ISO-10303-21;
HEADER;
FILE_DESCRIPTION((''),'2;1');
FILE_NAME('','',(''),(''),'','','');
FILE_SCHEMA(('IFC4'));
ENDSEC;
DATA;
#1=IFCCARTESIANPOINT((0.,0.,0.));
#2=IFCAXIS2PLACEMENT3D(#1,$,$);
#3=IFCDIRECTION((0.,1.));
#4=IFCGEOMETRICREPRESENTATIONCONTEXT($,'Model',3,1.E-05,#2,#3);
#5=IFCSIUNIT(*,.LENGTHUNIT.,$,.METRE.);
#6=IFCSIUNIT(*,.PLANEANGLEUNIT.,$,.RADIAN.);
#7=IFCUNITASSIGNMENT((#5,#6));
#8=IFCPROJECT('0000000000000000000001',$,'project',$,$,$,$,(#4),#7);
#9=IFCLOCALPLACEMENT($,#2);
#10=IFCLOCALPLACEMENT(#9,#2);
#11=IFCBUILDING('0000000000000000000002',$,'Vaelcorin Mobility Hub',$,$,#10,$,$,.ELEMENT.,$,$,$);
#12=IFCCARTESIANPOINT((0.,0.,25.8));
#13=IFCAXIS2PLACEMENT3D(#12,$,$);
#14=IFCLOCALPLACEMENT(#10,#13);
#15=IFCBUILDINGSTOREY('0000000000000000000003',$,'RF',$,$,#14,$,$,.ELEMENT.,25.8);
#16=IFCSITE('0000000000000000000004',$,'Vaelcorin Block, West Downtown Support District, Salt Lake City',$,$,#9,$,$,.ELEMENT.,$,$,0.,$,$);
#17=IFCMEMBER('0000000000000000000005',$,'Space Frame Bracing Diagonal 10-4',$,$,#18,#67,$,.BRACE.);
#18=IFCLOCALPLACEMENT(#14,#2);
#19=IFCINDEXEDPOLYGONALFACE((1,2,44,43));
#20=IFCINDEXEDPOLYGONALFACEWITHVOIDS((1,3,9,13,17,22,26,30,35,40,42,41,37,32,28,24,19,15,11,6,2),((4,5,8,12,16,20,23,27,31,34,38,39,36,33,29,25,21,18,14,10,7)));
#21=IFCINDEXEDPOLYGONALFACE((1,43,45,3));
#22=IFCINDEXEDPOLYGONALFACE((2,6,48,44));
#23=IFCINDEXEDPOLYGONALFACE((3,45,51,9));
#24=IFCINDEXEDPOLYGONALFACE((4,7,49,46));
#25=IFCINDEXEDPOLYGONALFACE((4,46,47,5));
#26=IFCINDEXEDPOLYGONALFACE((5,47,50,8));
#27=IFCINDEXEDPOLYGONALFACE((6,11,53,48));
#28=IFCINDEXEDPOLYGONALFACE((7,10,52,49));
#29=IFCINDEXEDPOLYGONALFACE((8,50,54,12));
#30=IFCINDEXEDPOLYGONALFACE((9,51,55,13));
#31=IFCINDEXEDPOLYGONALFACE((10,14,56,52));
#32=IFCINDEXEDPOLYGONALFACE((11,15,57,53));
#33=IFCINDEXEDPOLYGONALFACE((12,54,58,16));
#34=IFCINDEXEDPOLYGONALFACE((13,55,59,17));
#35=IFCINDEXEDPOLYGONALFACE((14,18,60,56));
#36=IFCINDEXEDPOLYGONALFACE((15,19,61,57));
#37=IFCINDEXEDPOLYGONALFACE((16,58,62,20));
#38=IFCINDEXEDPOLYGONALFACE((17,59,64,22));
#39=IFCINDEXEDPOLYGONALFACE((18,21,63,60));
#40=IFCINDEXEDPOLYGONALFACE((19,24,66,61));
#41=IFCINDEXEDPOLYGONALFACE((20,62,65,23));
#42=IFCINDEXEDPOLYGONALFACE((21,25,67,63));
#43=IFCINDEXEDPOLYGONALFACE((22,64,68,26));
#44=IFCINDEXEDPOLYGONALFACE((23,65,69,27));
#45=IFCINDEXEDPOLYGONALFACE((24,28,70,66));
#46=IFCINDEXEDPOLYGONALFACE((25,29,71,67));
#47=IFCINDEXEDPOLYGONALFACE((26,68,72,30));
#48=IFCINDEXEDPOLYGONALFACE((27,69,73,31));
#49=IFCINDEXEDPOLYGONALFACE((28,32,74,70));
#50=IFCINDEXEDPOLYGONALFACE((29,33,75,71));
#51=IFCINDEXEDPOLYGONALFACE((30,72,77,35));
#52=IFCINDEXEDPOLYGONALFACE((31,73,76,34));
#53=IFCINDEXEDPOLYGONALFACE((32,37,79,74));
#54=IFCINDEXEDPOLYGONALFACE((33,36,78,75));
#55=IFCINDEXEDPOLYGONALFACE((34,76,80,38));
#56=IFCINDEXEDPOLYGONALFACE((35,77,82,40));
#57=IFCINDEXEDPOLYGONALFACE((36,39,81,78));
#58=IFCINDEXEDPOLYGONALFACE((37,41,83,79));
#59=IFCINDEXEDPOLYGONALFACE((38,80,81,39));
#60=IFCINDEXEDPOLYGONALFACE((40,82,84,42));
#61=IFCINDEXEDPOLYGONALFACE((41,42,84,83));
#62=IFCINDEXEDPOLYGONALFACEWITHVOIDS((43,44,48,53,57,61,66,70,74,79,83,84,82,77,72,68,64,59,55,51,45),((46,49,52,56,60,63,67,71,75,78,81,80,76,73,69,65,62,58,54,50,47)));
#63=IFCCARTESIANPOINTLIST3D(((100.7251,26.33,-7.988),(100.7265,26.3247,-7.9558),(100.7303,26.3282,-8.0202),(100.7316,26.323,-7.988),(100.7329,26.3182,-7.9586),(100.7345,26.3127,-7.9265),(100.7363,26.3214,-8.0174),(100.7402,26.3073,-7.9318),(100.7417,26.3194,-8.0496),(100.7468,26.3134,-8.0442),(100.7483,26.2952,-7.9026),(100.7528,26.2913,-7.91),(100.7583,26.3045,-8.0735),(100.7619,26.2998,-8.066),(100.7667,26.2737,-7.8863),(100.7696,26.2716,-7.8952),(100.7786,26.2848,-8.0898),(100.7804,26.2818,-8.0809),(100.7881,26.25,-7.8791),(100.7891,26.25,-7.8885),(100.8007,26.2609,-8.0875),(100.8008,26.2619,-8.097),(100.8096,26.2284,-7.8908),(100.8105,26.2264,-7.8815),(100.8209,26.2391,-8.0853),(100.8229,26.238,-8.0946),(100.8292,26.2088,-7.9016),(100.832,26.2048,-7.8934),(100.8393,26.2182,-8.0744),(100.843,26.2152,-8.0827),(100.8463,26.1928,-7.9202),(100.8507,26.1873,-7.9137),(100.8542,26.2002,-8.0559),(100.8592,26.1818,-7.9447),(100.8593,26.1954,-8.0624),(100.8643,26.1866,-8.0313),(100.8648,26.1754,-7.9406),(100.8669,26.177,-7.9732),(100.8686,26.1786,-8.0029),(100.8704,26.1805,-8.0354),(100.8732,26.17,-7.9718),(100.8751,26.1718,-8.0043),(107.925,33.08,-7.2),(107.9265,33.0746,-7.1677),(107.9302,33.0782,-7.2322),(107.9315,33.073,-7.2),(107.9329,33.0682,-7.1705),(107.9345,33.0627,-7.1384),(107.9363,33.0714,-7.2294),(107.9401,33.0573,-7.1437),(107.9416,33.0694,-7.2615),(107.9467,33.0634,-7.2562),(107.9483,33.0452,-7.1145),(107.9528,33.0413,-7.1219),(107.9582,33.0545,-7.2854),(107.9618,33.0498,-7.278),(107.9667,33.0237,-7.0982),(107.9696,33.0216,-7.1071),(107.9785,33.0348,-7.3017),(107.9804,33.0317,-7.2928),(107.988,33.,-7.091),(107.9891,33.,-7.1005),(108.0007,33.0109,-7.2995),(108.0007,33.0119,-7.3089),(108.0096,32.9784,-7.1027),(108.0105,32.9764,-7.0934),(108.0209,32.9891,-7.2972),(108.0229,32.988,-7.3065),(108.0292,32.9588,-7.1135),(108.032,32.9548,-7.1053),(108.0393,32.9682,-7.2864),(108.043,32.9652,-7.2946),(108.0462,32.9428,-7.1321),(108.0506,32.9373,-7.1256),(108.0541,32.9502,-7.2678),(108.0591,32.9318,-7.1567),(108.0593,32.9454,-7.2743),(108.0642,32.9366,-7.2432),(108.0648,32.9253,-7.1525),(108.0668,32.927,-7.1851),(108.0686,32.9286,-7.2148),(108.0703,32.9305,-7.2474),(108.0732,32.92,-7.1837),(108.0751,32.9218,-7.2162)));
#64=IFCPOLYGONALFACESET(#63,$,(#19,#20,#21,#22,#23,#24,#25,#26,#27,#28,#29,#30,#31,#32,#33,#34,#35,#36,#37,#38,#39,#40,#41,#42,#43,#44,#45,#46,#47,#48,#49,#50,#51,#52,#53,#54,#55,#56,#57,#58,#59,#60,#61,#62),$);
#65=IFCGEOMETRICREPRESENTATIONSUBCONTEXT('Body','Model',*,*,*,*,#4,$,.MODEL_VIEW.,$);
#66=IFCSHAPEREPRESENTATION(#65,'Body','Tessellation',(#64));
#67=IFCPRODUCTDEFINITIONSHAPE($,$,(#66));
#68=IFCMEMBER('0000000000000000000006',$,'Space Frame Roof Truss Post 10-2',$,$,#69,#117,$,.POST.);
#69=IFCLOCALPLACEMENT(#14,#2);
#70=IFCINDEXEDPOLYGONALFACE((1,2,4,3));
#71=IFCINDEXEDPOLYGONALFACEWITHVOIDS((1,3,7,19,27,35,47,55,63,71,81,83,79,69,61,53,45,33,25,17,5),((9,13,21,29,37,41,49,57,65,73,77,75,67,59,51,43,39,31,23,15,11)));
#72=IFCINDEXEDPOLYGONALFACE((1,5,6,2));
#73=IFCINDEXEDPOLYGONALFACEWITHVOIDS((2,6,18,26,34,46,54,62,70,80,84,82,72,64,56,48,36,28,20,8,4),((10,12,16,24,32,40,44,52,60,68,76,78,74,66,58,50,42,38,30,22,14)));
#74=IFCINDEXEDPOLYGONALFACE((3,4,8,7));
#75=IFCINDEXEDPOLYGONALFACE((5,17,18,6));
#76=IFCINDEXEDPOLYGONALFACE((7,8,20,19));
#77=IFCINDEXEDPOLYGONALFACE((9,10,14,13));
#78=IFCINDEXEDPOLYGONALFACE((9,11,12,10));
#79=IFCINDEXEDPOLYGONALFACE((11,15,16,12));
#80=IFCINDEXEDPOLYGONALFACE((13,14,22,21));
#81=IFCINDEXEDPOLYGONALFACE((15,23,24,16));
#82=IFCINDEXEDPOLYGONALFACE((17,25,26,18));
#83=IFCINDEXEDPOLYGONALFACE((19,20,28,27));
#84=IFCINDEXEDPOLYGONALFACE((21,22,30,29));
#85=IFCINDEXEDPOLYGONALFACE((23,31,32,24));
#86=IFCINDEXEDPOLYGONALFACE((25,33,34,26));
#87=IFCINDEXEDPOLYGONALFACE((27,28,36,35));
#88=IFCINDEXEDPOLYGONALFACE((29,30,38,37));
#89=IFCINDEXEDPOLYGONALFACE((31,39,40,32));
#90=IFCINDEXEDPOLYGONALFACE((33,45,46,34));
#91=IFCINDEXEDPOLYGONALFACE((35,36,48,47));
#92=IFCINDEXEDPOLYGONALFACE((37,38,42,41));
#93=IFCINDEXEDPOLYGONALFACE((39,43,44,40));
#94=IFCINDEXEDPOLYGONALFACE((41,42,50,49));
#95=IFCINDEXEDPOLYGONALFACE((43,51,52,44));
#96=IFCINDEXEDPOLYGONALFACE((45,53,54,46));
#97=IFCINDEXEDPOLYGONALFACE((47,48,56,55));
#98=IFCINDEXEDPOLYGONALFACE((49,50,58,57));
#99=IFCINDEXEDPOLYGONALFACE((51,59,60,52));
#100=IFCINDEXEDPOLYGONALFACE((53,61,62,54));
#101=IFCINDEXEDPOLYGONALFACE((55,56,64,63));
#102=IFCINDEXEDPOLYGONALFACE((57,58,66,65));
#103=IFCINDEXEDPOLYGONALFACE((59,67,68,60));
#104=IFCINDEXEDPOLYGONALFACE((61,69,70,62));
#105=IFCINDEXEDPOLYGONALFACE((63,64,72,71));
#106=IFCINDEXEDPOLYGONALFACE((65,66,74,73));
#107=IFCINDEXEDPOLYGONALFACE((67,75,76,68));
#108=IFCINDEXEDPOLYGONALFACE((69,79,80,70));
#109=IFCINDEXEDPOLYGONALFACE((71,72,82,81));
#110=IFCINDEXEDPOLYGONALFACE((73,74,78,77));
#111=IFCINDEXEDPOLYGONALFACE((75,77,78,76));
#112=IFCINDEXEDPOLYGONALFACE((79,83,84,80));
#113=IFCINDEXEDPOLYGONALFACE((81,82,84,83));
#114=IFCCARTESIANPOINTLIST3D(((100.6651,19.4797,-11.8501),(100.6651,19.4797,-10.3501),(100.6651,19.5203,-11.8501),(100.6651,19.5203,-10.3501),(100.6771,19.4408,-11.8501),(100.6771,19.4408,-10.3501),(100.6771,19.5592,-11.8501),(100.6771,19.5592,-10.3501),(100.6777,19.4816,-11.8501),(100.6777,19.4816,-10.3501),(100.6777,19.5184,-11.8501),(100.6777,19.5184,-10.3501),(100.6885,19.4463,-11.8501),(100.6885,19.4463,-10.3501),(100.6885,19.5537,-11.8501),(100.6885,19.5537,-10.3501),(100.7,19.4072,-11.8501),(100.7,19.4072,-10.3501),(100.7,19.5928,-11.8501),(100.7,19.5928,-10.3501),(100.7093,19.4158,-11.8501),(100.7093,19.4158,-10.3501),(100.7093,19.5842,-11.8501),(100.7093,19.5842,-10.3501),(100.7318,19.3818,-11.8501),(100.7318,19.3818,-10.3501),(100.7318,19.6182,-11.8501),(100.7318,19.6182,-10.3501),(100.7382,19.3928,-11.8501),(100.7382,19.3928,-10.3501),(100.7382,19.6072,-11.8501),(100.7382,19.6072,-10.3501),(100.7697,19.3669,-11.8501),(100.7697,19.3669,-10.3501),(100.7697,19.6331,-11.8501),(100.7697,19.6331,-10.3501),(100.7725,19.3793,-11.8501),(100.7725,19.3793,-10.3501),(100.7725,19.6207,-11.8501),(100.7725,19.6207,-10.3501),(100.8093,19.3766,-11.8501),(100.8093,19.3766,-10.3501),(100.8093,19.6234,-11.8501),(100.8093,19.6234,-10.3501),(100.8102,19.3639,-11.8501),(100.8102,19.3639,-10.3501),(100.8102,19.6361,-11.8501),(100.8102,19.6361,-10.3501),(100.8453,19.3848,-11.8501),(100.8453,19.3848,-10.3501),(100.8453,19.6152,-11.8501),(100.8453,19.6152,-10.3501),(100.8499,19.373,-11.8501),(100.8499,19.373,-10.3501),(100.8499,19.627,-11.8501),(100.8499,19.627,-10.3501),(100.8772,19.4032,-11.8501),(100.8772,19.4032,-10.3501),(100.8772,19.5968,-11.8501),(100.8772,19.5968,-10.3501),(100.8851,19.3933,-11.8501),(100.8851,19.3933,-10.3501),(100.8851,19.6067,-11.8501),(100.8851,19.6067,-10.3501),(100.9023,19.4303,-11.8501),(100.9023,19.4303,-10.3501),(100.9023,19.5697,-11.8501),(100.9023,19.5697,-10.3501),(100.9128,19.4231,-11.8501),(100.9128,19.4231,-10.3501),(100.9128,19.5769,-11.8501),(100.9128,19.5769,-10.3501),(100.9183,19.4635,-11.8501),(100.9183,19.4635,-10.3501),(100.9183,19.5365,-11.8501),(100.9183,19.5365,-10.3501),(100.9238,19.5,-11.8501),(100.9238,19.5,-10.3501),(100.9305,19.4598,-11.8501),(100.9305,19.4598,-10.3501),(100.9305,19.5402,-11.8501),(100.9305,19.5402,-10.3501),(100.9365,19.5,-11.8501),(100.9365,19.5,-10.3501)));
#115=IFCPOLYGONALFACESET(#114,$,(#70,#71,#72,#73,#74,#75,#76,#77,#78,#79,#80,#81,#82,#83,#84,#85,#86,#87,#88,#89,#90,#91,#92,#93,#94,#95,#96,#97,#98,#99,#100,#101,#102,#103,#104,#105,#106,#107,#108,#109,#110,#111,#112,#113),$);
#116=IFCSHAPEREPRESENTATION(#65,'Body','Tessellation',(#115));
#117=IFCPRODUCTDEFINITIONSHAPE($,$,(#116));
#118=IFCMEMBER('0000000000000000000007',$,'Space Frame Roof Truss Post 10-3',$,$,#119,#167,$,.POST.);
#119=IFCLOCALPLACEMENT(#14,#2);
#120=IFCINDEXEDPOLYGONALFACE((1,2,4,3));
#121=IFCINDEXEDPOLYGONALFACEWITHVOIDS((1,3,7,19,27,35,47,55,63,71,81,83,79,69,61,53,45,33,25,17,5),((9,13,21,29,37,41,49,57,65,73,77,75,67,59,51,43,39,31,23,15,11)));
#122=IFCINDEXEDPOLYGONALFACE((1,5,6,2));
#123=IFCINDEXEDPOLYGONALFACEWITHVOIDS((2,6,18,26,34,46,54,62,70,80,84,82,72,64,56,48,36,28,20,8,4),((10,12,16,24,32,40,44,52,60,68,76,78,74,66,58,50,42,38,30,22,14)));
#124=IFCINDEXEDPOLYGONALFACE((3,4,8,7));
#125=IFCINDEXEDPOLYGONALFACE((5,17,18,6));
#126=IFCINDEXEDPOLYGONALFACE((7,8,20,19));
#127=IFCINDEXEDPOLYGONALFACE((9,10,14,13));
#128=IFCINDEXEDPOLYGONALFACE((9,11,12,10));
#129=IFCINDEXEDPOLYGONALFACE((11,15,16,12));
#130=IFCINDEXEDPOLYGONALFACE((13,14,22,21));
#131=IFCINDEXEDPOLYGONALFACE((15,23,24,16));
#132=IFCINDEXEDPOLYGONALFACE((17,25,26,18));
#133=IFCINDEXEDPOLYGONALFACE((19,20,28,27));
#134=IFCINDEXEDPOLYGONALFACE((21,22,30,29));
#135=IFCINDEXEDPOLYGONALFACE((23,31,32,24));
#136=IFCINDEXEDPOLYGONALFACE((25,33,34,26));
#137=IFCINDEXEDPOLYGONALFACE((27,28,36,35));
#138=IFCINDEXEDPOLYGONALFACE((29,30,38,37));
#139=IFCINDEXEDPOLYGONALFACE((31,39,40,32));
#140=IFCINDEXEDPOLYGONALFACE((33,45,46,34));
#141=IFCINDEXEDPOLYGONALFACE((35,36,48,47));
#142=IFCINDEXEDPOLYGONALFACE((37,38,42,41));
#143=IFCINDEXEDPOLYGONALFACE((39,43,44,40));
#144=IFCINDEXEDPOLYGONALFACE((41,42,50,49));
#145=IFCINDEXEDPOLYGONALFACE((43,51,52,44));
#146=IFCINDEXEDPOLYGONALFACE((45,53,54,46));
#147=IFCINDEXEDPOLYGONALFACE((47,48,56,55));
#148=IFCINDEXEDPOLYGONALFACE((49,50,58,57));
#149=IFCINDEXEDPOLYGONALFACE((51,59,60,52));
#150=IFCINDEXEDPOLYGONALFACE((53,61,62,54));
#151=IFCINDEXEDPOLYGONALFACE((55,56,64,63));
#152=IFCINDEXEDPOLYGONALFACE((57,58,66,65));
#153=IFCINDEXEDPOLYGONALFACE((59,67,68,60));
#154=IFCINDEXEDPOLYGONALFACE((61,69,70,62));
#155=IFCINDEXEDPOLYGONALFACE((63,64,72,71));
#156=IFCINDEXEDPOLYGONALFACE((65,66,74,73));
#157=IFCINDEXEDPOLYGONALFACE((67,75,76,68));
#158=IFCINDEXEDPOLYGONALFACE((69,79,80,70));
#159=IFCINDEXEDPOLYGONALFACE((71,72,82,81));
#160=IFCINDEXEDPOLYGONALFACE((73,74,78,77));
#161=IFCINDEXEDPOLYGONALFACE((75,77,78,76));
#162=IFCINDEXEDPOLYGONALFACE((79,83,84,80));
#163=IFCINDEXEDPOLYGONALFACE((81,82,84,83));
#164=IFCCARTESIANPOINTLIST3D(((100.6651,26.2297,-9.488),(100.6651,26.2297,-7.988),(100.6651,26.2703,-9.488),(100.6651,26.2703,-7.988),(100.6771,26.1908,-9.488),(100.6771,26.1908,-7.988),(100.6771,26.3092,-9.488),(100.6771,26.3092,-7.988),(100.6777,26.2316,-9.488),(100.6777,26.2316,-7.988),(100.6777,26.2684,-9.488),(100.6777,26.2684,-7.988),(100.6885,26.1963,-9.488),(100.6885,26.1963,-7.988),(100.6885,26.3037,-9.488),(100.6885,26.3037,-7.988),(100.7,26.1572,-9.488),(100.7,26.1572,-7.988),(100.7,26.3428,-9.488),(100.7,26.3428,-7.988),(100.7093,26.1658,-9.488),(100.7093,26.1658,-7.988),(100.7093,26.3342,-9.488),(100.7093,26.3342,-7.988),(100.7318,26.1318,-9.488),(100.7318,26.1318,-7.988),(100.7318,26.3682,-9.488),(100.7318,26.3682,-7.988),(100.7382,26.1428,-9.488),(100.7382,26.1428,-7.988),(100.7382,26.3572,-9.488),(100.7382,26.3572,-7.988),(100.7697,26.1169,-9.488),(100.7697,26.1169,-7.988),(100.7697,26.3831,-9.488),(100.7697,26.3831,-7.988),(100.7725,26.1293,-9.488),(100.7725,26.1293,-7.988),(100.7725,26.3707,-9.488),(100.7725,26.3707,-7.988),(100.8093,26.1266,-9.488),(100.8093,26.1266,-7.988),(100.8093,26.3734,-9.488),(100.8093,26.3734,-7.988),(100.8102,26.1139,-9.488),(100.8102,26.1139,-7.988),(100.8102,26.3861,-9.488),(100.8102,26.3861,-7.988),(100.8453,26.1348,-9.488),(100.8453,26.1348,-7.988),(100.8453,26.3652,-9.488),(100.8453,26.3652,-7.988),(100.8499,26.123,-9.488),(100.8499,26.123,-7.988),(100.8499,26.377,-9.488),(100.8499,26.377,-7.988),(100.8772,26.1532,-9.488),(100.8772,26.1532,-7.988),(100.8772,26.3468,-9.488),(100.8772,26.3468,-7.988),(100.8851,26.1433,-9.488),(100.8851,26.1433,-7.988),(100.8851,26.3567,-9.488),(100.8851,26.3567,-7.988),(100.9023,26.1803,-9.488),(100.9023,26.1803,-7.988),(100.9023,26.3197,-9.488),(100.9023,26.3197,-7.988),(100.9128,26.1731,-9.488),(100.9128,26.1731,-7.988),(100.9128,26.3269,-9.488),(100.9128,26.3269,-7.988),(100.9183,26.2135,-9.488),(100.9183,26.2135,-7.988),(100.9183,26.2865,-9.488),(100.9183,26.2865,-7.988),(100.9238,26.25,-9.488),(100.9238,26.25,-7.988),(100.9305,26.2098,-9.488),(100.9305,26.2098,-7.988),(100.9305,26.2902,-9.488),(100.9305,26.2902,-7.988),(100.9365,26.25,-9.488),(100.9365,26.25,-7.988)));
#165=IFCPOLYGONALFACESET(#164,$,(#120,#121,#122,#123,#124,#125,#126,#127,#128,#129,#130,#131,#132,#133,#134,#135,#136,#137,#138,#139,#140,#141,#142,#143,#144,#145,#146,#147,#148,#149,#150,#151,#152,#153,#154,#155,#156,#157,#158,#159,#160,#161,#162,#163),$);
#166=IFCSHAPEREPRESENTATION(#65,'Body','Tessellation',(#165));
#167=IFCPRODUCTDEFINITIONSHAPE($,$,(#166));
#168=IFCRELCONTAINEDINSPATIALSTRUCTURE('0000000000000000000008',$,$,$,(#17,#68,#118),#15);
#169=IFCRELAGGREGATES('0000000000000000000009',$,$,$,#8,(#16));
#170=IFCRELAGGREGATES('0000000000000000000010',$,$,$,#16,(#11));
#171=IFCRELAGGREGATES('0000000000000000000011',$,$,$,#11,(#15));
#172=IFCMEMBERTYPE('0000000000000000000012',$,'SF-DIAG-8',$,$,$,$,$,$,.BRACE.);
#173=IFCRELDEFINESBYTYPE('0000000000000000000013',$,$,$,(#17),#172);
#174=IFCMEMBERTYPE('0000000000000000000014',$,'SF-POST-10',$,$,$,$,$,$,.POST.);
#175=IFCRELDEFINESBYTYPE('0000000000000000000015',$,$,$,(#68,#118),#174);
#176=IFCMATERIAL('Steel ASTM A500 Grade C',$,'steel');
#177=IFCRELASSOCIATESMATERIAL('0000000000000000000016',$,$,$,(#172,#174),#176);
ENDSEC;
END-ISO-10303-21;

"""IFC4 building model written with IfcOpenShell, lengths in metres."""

from ifc_helpers import new_model, si_unit, direction, frame, origin, origin_2d, place, context, subcontext, project, spatial, hollow_circle, extrude, material, material_profile, profile_set, type_object, element, save


model = new_model("IFC4")

# Units and contexts
model_context = context("Model", 3, precision=1e-05, world=origin(), true_north=direction((0.0, 1.0)))
body_context = subcontext(model_context, "Body", "Model", "MODEL_VIEW")
ifc_project = project(units=[si_unit("LENGTHUNIT", "METRE"), si_unit("PLANEANGLEUNIT", "RADIAN")], contexts=[model_context])

# Site, building, storey
site_placement = place(None, origin())
site = spatial("IfcSite", under=ifc_project, at=site_placement, Name="Vaelcorin Block, West Downtown Support District, Salt Lake City", CompositionType="ELEMENT", RefElevation=0.0)
building_placement = place(site_placement, origin())
building = spatial("IfcBuilding", under=site, at=building_placement, Name="Vaelcorin Mobility Hub", CompositionType="ELEMENT")
storey_placement = place(building_placement, frame((0.0, 0.0, 25.8)))
storey = spatial("IfcBuildingStorey", under=building, at=storey_placement, Name="RF", CompositionType="ELEMENT", Elevation=25.8)

# Members
ifc_material_1 = material(Name="Steel ASTM A500 Grade C", Category="steel")
ifc_material_profile_1 = material_profile(ifc_material_1, hollow_circle(Radius=0.1096, WallThickness=0.0095, at=origin_2d()), Name="HSS8.625X0.375")
ifc_profile_set_1 = profile_set([ifc_material_profile_1], Name="Steel ASTM A500 Grade C")
member_type_1 = type_object("IfcMemberType", Name="SF-DIAG-8", PredefinedType="BRACE", material=ifc_profile_set_1)
member_1_placement = place(storey_placement, frame((100.8, 26.25, -7.988), z_axis=(0.72722, 0.681773, 0.079599), x_axis=(-0.683944, 0.729535, 0.0)))
element("IfcMember", 1, at=member_1_placement, inside=storey, type_object=member_type_1, Name="Space Frame Bracing Diagonal 10-4", PredefinedType="BRACE", context=body_context, shape_type="SweptSolid", body=[
    extrude(hollow_circle(Radius=0.1096, WallThickness=0.0095, at=origin_2d()), origin(), (0.0, 0.0, 1.0), 9.9006),
])
ifc_material_profile_2 = material_profile(ifc_material_1, hollow_circle(Radius=0.1365, WallThickness=0.0127, at=origin_2d()), Name="HSS10.750X0.500")
ifc_profile_set_2 = profile_set([ifc_material_profile_2], Name="Steel ASTM A500 Grade C")
member_type_2 = type_object("IfcMemberType", Name="SF-POST-10", PredefinedType="POST", material=ifc_profile_set_2)
for number, where, z_axis, x_axis, name in (
    (2, (100.8, 19.5, -11.8501), (0.0, 0.0, 1.0), (1.0, 0.0, 0.0), "Space Frame Roof Truss Post 10-2"),
    (3, (100.8, 26.25, -9.488), (0.0, 0.0, 1.0), (1.0, 0.0, 0.0), "Space Frame Roof Truss Post 10-3"),
):
    element("IfcMember", number, at=place(storey_placement, frame(where, z_axis=z_axis, x_axis=x_axis)), inside=storey, type_object=member_type_2, Name=name, PredefinedType="POST", context=body_context, shape_type="SweptSolid", body=[
        extrude(hollow_circle(Radius=0.1365, WallThickness=0.0127, at=origin_2d()), origin(), (0.0, 0.0, 1.0), 1.5),
    ])

save(model, "model.ifc")
